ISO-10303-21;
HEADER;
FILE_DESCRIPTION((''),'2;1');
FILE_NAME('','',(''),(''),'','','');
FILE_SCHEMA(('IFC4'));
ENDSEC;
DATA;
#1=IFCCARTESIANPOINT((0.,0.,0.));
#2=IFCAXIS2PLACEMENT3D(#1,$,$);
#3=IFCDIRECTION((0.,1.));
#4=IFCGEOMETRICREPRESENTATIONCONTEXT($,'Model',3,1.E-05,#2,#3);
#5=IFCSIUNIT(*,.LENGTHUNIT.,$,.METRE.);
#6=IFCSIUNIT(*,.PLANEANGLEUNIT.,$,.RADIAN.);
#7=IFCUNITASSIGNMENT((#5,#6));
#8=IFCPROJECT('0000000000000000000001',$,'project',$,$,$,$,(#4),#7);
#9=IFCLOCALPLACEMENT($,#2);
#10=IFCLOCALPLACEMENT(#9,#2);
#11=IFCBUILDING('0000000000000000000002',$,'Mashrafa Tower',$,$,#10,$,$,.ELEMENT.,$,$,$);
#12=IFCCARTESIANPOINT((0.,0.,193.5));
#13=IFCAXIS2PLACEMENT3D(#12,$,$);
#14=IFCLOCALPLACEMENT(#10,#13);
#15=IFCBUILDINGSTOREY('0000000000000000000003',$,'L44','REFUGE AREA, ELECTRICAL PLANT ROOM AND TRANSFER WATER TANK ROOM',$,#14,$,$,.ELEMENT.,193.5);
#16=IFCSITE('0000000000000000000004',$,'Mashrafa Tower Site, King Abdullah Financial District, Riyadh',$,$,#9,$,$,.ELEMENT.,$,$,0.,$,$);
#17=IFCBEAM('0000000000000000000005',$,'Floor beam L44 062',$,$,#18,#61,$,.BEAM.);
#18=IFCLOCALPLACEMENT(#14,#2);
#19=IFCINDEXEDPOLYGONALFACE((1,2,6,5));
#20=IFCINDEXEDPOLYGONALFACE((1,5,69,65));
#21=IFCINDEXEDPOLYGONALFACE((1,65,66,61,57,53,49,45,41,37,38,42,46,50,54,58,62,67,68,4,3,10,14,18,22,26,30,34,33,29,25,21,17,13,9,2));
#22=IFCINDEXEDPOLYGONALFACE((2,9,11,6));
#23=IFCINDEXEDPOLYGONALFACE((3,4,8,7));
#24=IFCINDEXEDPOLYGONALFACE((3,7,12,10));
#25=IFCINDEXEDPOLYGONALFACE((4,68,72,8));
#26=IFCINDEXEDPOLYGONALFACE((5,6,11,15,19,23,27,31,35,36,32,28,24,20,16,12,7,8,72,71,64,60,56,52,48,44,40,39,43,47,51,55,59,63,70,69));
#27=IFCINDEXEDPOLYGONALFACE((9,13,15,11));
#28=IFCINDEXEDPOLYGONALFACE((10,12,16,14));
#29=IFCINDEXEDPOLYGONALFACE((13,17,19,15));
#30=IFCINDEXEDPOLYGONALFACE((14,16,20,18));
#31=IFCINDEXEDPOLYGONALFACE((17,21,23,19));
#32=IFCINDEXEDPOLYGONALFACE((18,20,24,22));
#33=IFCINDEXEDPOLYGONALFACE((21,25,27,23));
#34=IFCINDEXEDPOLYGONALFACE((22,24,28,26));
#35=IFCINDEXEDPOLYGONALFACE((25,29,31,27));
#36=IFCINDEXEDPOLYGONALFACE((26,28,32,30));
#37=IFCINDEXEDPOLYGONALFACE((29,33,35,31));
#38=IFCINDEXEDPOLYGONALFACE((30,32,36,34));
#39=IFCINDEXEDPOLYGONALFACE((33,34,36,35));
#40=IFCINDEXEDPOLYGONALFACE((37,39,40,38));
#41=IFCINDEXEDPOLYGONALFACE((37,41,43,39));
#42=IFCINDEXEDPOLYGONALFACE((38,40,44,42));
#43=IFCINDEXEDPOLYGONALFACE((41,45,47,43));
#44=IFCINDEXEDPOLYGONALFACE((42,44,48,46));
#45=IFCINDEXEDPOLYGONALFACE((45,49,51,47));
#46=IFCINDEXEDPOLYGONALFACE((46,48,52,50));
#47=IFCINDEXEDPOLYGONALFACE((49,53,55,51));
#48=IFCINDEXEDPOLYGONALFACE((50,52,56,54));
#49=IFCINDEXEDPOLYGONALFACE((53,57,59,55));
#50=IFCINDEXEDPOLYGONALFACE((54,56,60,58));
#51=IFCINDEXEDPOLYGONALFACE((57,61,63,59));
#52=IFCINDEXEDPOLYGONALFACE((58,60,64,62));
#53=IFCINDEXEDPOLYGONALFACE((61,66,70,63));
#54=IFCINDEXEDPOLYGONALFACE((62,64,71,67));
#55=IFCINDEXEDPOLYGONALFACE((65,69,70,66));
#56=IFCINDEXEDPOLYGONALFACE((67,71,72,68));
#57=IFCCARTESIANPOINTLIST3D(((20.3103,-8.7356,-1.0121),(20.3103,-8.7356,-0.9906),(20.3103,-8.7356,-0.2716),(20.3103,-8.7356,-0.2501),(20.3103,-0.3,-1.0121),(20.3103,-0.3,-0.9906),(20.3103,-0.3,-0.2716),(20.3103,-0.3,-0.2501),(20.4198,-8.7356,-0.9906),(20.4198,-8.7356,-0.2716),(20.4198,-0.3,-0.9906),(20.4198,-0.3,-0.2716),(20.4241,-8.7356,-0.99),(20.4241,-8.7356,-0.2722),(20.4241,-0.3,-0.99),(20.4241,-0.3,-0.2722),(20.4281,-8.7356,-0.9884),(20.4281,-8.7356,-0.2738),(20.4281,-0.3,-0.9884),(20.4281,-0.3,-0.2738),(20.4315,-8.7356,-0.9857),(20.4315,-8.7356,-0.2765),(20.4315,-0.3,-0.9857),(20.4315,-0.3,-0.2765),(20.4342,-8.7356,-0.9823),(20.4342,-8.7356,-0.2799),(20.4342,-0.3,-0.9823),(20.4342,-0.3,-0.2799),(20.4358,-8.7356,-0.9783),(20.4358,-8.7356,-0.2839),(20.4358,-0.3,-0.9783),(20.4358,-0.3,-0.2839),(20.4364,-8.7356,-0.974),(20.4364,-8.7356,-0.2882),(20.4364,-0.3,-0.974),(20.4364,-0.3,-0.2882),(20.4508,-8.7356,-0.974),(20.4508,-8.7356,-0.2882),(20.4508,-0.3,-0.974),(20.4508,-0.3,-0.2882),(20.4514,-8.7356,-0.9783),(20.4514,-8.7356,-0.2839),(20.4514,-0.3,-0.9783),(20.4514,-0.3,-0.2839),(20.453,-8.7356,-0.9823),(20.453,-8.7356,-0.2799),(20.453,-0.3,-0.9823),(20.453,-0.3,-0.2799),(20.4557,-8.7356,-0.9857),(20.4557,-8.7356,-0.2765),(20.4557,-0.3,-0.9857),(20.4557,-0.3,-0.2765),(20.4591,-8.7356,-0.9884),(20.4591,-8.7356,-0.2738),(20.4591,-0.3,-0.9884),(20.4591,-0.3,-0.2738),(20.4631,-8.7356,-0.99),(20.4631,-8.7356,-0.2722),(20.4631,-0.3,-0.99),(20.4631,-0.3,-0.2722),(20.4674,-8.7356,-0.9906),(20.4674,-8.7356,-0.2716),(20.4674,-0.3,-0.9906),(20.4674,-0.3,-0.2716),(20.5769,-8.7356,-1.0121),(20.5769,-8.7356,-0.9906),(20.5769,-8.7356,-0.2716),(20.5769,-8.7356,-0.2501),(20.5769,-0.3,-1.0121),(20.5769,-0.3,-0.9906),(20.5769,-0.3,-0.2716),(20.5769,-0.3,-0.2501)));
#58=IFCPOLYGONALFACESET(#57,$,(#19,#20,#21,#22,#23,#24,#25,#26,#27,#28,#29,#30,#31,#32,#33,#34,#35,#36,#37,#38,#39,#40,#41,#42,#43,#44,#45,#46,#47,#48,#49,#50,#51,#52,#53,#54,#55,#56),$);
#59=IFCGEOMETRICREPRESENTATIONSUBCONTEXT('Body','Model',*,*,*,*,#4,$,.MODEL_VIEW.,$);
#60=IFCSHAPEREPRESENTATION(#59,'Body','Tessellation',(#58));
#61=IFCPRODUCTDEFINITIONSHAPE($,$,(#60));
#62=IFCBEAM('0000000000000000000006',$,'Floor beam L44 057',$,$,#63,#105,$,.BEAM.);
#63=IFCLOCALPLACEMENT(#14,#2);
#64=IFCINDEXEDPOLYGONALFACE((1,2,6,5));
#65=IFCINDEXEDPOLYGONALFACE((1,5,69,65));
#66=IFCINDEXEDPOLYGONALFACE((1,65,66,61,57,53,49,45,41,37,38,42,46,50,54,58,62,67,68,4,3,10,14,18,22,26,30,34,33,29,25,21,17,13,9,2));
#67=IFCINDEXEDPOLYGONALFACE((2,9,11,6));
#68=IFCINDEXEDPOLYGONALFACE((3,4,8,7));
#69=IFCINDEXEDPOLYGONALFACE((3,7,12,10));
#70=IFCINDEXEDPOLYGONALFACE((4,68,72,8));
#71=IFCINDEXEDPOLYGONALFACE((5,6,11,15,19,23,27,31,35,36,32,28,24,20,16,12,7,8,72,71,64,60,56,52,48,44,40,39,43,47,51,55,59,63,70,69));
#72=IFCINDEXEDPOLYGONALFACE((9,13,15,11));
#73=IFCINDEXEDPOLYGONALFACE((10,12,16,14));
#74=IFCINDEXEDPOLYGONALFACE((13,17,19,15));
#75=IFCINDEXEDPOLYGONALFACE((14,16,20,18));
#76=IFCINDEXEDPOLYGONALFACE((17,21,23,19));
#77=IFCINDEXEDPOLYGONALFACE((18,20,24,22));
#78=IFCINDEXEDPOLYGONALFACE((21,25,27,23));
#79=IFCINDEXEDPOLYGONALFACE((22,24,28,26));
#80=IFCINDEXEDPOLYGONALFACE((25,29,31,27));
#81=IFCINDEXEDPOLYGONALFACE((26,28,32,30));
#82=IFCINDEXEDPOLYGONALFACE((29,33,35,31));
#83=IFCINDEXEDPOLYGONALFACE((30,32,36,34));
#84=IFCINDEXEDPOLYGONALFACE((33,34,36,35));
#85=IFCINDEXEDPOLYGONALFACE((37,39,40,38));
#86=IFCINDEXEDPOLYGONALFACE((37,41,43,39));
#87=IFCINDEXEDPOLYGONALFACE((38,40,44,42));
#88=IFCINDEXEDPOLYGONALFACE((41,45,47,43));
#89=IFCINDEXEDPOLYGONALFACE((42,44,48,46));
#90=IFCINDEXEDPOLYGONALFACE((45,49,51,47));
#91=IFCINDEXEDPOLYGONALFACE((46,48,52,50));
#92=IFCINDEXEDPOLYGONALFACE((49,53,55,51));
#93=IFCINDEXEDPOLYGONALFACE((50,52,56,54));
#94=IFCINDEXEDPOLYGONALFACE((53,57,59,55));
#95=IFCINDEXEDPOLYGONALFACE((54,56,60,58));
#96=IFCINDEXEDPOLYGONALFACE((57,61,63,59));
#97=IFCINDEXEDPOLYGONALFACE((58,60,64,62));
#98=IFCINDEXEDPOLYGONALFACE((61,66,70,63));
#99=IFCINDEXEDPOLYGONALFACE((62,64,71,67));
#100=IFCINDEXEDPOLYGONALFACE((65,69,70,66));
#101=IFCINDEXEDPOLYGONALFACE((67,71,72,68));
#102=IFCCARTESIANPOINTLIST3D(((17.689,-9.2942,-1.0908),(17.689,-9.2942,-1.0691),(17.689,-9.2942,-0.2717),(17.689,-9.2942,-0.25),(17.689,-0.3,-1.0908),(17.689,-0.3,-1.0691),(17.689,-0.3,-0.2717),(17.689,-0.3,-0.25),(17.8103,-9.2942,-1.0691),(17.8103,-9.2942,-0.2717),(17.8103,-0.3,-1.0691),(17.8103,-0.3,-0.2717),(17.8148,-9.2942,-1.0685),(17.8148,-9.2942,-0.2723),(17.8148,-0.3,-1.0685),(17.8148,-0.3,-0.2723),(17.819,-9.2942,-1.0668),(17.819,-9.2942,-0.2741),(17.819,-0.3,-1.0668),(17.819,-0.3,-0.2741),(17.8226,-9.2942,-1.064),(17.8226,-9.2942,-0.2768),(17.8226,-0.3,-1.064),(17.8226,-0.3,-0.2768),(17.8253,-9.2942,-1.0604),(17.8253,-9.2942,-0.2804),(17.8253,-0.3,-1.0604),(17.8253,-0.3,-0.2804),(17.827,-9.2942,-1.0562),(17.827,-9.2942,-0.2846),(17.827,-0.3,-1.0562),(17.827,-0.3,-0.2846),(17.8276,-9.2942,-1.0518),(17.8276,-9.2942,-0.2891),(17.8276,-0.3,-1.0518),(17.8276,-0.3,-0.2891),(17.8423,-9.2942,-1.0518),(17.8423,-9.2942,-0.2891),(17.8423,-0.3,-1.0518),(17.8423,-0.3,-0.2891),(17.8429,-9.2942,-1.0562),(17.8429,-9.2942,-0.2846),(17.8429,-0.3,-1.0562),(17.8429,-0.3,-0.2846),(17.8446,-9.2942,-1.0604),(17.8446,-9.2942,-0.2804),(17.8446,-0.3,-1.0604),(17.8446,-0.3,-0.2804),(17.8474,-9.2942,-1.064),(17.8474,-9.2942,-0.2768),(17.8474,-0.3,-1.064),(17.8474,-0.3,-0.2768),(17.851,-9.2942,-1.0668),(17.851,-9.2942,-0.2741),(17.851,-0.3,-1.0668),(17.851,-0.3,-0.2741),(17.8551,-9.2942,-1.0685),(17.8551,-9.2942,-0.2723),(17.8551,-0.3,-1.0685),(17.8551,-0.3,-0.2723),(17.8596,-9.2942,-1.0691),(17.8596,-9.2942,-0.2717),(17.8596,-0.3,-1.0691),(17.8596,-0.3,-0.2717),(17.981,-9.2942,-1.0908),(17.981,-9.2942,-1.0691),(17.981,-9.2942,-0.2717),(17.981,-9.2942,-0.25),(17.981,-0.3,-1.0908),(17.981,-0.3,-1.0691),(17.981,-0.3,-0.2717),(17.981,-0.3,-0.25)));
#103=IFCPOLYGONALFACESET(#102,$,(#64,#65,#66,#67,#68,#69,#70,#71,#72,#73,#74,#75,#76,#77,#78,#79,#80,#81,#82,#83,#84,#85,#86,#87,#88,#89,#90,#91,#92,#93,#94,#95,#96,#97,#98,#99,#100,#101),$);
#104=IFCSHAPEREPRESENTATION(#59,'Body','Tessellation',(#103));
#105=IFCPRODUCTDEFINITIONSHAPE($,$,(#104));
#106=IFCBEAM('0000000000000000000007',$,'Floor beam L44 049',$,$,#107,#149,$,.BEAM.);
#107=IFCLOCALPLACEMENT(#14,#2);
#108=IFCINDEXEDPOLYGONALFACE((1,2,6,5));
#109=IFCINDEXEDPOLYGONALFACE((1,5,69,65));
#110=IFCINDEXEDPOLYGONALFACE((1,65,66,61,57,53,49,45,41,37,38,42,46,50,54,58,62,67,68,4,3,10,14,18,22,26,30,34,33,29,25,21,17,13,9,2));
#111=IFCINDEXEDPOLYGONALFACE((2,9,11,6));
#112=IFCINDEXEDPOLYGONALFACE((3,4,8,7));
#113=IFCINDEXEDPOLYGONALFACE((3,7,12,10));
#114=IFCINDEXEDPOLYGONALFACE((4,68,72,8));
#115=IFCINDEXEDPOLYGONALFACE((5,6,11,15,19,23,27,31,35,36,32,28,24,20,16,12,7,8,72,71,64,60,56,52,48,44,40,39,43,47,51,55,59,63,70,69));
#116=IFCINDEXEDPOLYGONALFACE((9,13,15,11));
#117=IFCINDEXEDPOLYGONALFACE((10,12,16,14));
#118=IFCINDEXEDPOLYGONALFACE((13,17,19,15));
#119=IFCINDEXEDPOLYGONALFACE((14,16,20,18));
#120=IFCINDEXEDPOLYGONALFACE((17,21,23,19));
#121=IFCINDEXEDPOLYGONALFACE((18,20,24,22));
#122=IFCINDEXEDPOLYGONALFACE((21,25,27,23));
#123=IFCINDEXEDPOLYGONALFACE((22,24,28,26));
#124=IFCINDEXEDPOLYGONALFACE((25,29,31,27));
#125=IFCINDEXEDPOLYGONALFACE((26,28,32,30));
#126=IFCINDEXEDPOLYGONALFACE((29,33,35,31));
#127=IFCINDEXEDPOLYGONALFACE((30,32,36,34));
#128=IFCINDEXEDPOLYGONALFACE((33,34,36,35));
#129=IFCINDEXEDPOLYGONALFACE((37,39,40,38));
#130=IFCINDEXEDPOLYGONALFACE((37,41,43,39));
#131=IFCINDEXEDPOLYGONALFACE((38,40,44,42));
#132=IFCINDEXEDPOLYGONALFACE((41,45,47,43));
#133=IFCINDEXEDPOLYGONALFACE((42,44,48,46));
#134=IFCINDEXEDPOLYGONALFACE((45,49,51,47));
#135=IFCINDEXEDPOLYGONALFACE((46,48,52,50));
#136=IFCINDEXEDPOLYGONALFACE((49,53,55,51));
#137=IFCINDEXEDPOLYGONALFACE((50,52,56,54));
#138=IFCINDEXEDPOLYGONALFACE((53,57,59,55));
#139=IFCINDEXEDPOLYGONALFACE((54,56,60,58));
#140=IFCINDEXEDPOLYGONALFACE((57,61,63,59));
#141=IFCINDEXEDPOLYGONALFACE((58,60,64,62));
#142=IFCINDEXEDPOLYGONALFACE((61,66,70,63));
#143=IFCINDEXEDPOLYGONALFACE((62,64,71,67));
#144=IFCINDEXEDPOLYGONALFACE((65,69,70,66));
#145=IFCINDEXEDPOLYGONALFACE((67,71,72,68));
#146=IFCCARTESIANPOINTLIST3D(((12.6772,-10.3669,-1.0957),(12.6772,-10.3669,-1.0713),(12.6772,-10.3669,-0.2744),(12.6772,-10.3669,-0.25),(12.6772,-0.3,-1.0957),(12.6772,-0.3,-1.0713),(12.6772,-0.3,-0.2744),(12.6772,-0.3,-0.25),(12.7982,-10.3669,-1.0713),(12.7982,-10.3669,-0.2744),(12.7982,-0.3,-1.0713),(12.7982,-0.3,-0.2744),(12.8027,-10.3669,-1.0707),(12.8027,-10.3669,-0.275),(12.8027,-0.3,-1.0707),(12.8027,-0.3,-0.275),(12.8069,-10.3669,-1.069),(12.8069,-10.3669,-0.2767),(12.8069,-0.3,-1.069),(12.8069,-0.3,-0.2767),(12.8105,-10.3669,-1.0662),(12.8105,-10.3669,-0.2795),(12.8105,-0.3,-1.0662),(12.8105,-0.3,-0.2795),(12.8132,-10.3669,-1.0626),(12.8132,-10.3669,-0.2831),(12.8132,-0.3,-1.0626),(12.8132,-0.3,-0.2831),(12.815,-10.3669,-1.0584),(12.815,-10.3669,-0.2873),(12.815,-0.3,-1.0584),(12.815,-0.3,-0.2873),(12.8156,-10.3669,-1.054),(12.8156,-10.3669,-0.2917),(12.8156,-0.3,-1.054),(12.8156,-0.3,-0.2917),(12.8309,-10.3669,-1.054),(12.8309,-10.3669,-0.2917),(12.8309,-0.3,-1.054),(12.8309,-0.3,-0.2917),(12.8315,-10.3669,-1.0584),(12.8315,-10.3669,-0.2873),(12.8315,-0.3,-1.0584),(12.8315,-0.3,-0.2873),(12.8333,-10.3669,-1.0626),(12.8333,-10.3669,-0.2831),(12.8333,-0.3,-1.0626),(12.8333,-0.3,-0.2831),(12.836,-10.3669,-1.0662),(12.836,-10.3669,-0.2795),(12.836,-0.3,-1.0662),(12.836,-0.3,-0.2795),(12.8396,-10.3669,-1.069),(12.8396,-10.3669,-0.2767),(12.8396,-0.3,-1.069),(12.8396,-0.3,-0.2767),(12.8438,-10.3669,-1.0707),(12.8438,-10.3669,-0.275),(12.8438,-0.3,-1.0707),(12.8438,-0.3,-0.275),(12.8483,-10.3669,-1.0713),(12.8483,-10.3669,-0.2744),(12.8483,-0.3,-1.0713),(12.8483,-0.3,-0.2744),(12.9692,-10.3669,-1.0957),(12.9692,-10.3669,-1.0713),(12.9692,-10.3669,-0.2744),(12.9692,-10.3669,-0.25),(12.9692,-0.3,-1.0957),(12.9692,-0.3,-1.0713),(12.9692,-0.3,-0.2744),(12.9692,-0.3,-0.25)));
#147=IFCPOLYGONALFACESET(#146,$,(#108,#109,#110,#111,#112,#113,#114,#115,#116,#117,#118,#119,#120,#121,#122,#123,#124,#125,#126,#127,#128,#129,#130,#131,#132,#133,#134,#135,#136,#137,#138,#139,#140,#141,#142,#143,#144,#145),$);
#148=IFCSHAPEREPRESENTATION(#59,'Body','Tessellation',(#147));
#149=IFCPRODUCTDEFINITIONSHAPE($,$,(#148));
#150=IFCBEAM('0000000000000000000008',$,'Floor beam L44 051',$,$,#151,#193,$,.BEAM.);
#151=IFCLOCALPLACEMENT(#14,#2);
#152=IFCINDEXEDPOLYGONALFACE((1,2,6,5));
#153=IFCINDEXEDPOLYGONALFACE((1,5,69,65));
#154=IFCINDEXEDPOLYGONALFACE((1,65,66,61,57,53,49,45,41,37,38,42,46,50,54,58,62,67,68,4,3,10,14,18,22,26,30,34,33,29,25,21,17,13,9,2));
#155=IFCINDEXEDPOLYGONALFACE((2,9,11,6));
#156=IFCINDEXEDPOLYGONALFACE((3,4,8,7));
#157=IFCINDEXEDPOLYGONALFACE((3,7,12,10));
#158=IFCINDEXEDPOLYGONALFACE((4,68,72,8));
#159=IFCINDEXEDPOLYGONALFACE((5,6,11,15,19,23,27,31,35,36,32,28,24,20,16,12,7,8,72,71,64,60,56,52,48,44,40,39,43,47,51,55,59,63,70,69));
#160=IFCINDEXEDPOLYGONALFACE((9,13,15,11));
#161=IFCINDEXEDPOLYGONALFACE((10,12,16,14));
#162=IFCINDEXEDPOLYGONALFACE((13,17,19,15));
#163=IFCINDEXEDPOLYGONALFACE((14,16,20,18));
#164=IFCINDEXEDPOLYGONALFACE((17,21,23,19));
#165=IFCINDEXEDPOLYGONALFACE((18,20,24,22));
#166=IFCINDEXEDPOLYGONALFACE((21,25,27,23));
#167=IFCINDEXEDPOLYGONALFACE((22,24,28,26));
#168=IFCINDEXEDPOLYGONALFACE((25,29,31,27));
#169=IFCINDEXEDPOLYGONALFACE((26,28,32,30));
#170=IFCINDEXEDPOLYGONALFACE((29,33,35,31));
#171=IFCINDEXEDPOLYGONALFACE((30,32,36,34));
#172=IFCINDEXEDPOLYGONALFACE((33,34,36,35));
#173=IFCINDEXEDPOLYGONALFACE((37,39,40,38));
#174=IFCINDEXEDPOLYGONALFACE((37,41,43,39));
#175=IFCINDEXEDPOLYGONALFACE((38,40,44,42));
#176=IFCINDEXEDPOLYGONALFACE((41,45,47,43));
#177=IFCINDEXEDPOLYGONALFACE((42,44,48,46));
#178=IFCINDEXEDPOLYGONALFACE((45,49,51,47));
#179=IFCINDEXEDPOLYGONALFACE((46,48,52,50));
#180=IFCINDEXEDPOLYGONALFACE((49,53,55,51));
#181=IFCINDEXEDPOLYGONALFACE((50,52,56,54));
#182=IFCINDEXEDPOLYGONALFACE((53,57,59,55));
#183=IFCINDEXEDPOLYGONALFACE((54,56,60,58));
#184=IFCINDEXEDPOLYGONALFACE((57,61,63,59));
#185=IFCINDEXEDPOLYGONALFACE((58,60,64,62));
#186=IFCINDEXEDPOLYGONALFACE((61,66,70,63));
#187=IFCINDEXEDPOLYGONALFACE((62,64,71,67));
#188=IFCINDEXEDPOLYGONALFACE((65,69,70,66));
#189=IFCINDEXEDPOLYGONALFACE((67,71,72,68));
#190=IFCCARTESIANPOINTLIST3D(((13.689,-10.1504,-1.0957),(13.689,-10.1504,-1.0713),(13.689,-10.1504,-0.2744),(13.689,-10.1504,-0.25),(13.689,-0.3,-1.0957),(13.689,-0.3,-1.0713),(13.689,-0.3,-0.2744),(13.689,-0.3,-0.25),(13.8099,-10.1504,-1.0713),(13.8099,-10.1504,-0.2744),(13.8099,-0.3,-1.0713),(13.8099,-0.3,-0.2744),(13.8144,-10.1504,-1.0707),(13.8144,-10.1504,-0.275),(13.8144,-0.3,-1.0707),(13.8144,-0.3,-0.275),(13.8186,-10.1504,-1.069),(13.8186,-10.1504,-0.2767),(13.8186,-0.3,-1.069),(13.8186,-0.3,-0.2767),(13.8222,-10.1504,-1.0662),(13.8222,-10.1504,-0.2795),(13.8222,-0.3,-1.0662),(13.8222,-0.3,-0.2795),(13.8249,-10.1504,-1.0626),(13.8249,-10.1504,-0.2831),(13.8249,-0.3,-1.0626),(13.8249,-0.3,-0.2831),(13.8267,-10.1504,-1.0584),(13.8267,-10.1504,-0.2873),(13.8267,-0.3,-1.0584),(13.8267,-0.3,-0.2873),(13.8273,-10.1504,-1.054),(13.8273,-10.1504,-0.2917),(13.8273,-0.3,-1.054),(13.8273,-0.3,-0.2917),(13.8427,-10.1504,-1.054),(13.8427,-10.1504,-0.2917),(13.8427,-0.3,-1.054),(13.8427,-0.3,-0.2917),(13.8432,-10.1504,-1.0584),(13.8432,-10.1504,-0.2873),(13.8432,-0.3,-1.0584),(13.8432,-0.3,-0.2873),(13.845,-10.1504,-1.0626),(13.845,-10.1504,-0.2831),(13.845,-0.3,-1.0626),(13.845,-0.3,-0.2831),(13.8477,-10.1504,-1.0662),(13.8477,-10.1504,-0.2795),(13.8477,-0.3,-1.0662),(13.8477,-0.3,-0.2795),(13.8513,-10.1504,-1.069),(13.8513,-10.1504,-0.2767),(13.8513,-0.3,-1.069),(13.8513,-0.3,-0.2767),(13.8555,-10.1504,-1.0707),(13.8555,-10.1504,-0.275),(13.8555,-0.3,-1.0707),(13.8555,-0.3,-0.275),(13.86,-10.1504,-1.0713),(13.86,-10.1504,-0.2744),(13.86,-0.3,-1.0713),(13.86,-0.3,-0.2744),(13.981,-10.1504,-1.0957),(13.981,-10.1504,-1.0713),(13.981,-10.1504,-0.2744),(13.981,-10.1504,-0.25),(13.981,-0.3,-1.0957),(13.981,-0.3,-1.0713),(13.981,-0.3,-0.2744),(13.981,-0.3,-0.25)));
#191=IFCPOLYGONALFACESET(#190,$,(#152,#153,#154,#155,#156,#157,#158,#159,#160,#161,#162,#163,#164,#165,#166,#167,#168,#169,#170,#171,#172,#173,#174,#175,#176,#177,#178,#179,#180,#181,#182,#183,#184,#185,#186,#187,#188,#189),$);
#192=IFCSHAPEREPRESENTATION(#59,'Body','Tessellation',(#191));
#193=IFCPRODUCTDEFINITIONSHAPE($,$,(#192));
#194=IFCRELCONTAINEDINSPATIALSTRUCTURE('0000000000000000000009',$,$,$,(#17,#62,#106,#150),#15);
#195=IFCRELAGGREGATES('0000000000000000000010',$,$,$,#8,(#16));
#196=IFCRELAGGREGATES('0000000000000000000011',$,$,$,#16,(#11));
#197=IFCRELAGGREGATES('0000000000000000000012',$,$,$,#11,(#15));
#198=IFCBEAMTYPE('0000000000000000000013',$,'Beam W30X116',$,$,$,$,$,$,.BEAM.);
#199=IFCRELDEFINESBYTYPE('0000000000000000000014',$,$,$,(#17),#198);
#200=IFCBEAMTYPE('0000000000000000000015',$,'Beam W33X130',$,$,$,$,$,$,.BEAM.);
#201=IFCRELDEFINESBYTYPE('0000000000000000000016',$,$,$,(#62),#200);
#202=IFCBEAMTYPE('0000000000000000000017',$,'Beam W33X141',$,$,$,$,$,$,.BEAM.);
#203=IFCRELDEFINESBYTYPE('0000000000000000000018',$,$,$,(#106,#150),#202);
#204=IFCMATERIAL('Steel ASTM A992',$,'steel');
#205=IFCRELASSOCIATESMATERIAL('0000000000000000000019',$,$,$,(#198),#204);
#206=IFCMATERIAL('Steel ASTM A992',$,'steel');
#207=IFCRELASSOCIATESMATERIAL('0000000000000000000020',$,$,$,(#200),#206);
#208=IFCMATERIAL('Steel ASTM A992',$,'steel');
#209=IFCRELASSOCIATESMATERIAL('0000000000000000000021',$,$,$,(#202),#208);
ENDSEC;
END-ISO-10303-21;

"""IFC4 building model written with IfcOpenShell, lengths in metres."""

from ifc_helpers import new_model, si_unit, direction, frame, origin, origin_2d, place, context, subcontext, project, spatial, i_section, extrude, material, material_profile, profile_set, type_object, element, save


model = new_model("IFC4")

# Units and contexts
model_context = context("Model", 3, precision=1e-05, world=origin(), true_north=direction((0.0, 1.0)))
body_context = subcontext(model_context, "Body", "Model", "MODEL_VIEW")
ifc_project = project(units=[si_unit("LENGTHUNIT", "METRE"), si_unit("PLANEANGLEUNIT", "RADIAN")], contexts=[model_context])

# Site, building, storey
site_placement = place(None, origin())
site = spatial("IfcSite", under=ifc_project, at=site_placement, Name="Mashrafa Tower Site, King Abdullah Financial District, Riyadh", CompositionType="ELEMENT", RefElevation=0.0)
building_placement = place(site_placement, origin())
building = spatial("IfcBuilding", under=site, at=building_placement, Name="Mashrafa Tower", CompositionType="ELEMENT")
storey_placement = place(building_placement, frame((0.0, 0.0, 193.5)))
storey = spatial("IfcBuildingStorey", under=building, at=storey_placement, Name="L44", Description="REFUGE AREA, ELECTRICAL PLANT ROOM AND TRANSFER WATER TANK ROOM", CompositionType="ELEMENT", Elevation=193.5)

# Beams
ifc_material_1 = material(Name="Steel ASTM A992", Category="steel")
ifc_material_profile_1 = material_profile(ifc_material_1, i_section(OverallWidth=0.2666, OverallDepth=0.762, WebThickness=0.0144, FlangeThickness=0.0215, FilletRadius=0.0166, at=origin_2d()), Name="W30X116")
ifc_profile_set_1 = profile_set([ifc_material_profile_1], Name="Steel ASTM A992")
beam_type_1 = type_object("IfcBeamType", Name="Beam W30X116", PredefinedType="BEAM", material=ifc_profile_set_1)
beam_1_placement = place(storey_placement, frame((20.4436, -0.3, -0.6311), z_axis=(0.0, -1.0, 0.0), x_axis=(1.0, 0.0, 0.0)))
element("IfcBeam", 1, at=beam_1_placement, inside=storey, type_object=beam_type_1, Name="Floor beam L44 062", PredefinedType="BEAM", context=body_context, shape_type="SweptSolid", body=[
    extrude(i_section(OverallWidth=0.2666, OverallDepth=0.762, WebThickness=0.0144, FlangeThickness=0.0215, FilletRadius=0.0166, at=origin_2d()), origin(), (0.0, 0.0, 1.0), 8.4355),
])
ifc_material_2 = material(Name="Steel ASTM A992", Category="steel")
ifc_material_profile_2 = material_profile(ifc_material_2, i_section(OverallWidth=0.292, OverallDepth=0.8408, WebThickness=0.0146, FlangeThickness=0.0217, FilletRadius=0.0173, at=origin_2d()), Name="W33X130")
ifc_profile_set_2 = profile_set([ifc_material_profile_2], Name="Steel ASTM A992")
beam_type_2 = type_object("IfcBeamType", Name="Beam W33X130", PredefinedType="BEAM", material=ifc_profile_set_2)
beam_2_placement = place(storey_placement, frame((17.835, -0.3, -0.6704), z_axis=(0.0, -1.0, 0.0), x_axis=(1.0, 0.0, 0.0)))
element("IfcBeam", 2, at=beam_2_placement, inside=storey, type_object=beam_type_2, Name="Floor beam L44 057", PredefinedType="BEAM", context=body_context, shape_type="SweptSolid", body=[
    extrude(i_section(OverallWidth=0.292, OverallDepth=0.8408, WebThickness=0.0146, FlangeThickness=0.0217, FilletRadius=0.0173, at=origin_2d()), origin(), (0.0, 0.0, 1.0), 8.9941),
])
ifc_material_3 = material(Name="Steel ASTM A992", Category="steel")
ifc_material_profile_3 = material_profile(ifc_material_3, i_section(OverallWidth=0.292, OverallDepth=0.8457, WebThickness=0.0154, FlangeThickness=0.0244, FilletRadius=0.0173, at=origin_2d()), Name="W33X141")
ifc_profile_set_3 = profile_set([ifc_material_profile_3], Name="Steel ASTM A992")
beam_type_3 = type_object("IfcBeamType", Name="Beam W33X141", PredefinedType="BEAM", material=ifc_profile_set_3)
beam_3_placement = place(storey_placement, frame((12.8232, -0.3, -0.6729), z_axis=(0.0, -1.0, 0.0), x_axis=(1.0, 0.0, 0.0)))
element("IfcBeam", 3, at=beam_3_placement, inside=storey, type_object=beam_type_3, Name="Floor beam L44 049", PredefinedType="BEAM", context=body_context, shape_type="SweptSolid", body=[
    extrude(i_section(OverallWidth=0.292, OverallDepth=0.8457, WebThickness=0.0154, FlangeThickness=0.0244, FilletRadius=0.0173, at=origin_2d()), origin(), (0.0, 0.0, 1.0), 10.0669),
])
beam_4_placement = place(storey_placement, frame((13.835, -0.3, -0.6729), z_axis=(0.0, -1.0, 0.0), x_axis=(1.0, 0.0, 0.0)))
element("IfcBeam", 4, at=beam_4_placement, inside=storey, type_object=beam_type_3, Name="Floor beam L44 051", PredefinedType="BEAM", context=body_context, shape_type="SweptSolid", body=[
    extrude(i_section(OverallWidth=0.292, OverallDepth=0.8457, WebThickness=0.0154, FlangeThickness=0.0244, FilletRadius=0.0173, at=origin_2d()), origin(), (0.0, 0.0, 1.0), 9.8503),
])

save(model, "model.ifc")
